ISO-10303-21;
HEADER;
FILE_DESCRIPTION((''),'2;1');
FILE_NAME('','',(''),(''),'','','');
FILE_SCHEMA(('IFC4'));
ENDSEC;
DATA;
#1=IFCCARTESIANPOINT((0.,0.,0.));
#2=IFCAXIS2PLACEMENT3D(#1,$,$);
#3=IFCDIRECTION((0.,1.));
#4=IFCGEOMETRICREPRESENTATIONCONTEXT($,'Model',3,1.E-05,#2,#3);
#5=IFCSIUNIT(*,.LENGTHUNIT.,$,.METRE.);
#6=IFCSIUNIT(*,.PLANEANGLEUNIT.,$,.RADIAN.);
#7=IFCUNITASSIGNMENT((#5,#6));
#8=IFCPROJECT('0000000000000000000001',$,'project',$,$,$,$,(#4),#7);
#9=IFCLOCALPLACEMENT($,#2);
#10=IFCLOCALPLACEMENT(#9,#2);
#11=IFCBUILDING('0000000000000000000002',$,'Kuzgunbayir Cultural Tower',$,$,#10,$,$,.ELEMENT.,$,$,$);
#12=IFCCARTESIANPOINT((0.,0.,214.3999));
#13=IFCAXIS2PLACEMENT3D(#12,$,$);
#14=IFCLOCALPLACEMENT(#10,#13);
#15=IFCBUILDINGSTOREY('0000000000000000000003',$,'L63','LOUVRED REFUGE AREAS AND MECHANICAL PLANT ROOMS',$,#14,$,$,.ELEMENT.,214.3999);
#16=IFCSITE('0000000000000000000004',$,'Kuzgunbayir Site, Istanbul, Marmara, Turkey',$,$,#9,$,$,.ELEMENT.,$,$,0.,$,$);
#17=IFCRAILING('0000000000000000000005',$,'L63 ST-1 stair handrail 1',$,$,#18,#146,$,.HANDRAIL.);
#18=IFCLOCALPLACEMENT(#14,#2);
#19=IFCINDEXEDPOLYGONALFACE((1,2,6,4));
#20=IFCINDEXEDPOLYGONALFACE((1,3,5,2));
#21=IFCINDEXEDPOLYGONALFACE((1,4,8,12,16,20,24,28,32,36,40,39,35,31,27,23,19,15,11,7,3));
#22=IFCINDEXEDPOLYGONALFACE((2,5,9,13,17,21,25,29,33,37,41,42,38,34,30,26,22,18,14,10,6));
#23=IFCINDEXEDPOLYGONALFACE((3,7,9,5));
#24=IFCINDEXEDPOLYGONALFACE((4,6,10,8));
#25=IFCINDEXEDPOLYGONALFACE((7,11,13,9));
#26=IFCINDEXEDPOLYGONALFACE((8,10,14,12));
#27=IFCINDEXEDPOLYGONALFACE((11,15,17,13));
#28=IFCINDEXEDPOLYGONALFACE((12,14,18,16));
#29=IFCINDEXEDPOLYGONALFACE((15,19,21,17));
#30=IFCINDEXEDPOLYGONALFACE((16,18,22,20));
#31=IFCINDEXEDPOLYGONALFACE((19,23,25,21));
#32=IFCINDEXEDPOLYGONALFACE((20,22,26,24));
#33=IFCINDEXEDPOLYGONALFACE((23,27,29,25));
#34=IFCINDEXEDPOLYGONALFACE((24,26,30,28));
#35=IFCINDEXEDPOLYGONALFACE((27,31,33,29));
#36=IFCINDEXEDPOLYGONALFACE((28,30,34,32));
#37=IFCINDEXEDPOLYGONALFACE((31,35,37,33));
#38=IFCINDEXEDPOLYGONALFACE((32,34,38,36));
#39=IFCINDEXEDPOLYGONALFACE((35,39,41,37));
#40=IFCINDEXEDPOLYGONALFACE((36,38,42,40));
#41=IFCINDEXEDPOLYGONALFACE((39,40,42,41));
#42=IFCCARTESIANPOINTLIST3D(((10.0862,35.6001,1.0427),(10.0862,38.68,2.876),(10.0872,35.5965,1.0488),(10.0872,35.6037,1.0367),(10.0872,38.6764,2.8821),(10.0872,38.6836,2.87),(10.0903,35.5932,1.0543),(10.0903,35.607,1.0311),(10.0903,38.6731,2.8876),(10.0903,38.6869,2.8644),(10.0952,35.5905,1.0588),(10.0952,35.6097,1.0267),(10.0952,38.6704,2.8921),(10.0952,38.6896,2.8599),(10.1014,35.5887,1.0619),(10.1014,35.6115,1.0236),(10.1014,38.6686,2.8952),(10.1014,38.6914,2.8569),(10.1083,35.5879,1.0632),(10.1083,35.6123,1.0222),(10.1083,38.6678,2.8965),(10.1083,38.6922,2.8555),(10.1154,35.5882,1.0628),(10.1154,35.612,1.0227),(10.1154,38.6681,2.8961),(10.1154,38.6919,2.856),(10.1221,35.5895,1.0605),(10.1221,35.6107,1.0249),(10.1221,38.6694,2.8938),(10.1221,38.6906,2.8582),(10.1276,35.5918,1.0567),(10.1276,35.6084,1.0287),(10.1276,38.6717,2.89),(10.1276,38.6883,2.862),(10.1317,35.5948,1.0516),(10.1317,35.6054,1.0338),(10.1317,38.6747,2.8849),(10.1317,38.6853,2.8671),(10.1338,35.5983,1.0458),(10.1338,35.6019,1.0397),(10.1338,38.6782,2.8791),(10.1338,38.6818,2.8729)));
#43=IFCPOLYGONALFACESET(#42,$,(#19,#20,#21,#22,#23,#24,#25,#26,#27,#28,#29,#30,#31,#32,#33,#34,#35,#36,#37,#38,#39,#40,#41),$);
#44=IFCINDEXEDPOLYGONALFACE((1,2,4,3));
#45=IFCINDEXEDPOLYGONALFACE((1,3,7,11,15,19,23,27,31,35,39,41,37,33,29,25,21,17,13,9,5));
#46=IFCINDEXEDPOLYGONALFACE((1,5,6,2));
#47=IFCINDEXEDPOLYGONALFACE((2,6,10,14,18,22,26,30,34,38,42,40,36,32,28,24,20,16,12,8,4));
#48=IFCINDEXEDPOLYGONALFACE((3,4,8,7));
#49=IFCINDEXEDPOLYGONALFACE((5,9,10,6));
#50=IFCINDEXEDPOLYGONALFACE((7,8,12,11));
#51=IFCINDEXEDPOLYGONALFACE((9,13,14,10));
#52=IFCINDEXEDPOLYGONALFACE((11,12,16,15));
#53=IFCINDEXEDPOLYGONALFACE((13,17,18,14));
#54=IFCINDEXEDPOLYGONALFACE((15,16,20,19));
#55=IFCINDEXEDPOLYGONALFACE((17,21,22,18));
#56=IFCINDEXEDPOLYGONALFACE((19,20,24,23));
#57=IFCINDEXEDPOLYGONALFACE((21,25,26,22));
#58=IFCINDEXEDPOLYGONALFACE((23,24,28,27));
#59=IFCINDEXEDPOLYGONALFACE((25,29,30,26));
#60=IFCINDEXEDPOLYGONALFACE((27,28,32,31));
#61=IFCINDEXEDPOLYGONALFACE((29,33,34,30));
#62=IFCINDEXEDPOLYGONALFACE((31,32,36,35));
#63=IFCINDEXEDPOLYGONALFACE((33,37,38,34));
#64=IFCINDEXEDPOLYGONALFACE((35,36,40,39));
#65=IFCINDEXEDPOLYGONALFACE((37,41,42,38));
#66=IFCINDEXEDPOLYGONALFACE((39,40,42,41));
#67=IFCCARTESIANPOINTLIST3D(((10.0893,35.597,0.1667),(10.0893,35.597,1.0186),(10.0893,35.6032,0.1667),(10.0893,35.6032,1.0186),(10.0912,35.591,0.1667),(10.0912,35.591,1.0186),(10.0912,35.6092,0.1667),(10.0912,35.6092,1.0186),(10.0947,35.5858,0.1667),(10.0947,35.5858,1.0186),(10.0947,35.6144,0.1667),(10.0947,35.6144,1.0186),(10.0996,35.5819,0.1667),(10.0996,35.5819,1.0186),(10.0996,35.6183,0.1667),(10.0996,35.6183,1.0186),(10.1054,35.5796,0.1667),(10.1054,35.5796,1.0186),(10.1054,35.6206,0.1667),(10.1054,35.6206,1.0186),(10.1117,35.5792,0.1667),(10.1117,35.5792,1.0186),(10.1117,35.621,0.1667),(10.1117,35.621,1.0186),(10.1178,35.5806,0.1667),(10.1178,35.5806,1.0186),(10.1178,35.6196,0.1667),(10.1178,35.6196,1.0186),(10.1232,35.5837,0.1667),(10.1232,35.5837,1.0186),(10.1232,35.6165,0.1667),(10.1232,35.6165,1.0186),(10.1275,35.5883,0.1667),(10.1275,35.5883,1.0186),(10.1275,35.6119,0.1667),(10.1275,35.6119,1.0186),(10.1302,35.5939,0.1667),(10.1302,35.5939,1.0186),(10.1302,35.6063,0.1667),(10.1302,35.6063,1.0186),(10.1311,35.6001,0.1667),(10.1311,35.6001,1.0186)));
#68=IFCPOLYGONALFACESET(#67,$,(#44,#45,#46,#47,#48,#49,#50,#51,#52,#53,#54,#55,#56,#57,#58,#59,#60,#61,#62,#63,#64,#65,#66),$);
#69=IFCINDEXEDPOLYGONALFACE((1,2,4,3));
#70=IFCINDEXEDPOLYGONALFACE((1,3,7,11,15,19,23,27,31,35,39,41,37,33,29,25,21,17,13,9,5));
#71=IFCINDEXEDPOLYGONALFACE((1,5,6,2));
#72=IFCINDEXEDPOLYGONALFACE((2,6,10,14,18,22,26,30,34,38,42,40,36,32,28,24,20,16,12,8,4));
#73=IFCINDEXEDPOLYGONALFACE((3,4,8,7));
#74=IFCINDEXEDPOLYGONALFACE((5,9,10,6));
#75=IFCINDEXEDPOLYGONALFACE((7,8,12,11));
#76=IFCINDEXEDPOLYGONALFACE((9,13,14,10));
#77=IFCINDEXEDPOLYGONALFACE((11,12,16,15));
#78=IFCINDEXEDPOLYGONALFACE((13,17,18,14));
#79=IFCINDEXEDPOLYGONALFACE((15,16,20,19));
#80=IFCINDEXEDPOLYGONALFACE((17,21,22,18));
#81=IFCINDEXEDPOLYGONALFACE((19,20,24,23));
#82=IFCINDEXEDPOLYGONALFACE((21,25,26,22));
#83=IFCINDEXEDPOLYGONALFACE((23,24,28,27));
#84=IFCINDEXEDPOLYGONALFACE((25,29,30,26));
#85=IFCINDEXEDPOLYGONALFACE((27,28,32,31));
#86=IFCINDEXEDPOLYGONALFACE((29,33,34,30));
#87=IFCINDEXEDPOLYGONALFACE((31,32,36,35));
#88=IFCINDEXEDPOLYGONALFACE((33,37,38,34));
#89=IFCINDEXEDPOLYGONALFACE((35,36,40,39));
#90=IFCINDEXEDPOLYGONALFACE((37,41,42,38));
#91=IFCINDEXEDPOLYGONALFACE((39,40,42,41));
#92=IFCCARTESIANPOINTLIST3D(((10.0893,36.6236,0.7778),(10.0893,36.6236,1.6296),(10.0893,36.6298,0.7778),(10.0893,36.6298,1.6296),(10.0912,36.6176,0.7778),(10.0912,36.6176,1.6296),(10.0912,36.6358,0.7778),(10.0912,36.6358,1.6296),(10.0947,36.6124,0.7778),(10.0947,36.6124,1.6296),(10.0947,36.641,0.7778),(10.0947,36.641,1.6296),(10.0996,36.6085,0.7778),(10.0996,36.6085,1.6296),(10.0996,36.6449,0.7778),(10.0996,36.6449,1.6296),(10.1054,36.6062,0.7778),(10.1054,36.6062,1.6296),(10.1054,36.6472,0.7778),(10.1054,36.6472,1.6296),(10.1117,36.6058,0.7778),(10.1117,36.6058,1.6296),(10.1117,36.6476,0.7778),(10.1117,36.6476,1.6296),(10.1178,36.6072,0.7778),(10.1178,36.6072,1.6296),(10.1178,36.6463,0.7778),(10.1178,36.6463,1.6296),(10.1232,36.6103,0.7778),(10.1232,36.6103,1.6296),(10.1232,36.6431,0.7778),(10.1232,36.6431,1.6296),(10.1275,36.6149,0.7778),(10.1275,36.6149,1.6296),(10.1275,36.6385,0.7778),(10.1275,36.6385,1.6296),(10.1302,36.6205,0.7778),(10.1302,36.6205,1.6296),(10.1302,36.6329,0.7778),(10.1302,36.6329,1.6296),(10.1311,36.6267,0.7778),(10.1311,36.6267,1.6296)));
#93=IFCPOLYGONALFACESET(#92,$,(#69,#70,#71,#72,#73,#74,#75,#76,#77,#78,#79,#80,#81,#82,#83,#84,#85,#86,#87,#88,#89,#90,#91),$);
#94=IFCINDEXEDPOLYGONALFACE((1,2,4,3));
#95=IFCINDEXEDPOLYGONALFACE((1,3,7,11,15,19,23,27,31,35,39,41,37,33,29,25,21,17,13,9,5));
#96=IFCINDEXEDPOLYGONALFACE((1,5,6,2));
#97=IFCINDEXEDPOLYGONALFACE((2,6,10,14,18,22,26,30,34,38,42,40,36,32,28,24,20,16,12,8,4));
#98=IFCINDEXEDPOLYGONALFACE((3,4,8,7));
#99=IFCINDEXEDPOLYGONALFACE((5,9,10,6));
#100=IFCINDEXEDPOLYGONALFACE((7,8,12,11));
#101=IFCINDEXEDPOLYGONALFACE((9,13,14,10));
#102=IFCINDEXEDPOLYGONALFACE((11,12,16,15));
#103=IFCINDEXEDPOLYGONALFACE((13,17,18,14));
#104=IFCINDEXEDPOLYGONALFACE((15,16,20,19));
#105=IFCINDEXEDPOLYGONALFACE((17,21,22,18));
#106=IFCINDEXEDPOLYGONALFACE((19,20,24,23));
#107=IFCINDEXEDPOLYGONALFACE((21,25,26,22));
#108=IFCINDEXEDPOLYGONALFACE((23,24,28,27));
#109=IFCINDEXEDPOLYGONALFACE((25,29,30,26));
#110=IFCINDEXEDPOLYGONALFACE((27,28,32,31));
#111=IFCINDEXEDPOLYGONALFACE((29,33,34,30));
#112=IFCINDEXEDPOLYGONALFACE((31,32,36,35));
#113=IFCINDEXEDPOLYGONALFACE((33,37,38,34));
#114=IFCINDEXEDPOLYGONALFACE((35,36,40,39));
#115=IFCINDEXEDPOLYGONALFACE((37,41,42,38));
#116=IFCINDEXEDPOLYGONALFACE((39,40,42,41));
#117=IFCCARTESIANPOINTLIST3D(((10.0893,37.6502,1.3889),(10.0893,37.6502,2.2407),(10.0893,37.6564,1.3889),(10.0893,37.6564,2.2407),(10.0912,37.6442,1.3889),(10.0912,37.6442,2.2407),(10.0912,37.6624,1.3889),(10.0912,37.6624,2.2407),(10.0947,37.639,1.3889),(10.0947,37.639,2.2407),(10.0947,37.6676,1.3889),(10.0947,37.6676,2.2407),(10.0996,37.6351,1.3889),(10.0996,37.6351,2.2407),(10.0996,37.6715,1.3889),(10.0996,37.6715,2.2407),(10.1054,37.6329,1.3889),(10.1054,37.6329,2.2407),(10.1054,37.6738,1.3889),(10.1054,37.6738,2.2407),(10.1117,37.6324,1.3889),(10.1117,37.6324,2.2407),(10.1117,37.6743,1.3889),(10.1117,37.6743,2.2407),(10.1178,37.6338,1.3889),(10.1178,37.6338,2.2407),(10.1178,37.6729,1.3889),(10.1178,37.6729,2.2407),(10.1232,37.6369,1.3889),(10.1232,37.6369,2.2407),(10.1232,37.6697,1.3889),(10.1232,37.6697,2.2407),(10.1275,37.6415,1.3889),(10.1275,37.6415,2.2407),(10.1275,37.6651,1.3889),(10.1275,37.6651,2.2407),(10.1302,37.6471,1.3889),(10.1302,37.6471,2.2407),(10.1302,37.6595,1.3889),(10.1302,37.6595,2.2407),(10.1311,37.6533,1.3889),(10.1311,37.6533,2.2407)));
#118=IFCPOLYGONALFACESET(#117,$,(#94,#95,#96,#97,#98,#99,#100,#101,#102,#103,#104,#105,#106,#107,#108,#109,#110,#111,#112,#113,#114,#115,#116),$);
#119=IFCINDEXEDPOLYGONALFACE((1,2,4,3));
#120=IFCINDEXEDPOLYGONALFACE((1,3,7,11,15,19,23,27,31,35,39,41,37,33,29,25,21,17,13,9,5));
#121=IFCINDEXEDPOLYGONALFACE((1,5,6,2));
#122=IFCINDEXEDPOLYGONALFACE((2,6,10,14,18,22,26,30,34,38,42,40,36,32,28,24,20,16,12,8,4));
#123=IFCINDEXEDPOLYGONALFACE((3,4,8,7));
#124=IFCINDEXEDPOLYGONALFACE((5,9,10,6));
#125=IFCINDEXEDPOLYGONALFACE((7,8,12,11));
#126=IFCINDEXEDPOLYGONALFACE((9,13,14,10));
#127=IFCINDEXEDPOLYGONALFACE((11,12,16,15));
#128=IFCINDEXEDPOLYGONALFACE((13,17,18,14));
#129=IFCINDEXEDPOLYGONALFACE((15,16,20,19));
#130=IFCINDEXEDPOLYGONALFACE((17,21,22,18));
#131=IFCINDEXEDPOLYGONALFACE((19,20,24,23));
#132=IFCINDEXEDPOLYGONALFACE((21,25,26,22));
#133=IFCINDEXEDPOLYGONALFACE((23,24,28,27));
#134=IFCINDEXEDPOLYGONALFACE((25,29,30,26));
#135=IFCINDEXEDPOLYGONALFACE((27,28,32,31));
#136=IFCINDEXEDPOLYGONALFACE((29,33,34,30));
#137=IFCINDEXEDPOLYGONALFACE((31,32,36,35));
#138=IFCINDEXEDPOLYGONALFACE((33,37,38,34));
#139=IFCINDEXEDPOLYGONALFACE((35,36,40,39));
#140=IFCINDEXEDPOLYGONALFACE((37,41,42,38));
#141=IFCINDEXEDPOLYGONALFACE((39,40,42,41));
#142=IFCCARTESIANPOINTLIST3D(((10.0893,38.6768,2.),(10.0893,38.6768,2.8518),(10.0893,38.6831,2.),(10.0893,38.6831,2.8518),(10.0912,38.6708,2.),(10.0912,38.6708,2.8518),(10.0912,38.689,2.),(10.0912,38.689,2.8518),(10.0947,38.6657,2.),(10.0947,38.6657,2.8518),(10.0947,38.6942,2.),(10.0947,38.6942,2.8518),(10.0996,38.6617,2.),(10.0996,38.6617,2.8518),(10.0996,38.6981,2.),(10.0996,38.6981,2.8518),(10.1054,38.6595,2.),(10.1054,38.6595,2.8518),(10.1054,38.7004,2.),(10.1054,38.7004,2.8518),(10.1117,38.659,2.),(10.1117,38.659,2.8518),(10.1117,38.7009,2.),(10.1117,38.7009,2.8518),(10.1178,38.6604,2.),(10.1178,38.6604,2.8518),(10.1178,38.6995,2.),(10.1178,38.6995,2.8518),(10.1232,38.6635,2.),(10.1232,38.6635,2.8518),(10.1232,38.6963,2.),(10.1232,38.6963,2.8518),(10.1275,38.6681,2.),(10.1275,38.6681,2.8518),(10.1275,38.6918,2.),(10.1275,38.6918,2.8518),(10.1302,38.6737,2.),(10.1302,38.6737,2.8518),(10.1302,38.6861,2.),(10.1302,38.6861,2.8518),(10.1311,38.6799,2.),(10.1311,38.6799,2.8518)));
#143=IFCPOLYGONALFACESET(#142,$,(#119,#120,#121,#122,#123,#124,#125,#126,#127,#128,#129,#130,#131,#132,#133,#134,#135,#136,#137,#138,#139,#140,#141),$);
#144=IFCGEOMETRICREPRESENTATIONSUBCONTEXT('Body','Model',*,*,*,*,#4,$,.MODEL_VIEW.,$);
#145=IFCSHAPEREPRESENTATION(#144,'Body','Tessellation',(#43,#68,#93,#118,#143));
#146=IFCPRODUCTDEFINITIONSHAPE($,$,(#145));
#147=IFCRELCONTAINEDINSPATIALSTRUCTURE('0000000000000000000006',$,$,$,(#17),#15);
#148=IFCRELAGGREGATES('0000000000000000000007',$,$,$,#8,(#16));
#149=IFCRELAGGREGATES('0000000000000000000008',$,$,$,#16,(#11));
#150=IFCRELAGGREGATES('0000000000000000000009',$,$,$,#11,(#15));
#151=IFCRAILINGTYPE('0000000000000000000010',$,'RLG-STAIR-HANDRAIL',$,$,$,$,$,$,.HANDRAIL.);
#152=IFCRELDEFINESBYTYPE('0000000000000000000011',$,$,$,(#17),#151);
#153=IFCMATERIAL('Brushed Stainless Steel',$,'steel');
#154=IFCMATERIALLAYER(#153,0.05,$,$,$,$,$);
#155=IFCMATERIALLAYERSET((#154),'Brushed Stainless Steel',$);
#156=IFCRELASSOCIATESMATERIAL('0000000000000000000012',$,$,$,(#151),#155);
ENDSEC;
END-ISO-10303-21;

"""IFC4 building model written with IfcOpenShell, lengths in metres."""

from ifc_helpers import new_model, si_unit, direction, frame, origin, origin_2d, place, context, subcontext, project, spatial, circle, extrude, material, layer, layer_set, type_object, element, save


model = new_model("IFC4")

# Units and contexts
model_context = context("Model", 3, precision=1e-05, world=origin(), true_north=direction((0.0, 1.0)))
body_context = subcontext(model_context, "Body", "Model", "MODEL_VIEW")
ifc_project = project(units=[si_unit("LENGTHUNIT", "METRE"), si_unit("PLANEANGLEUNIT", "RADIAN")], contexts=[model_context])

# Site, building, storey
site_placement = place(None, origin())
site = spatial("IfcSite", under=ifc_project, at=site_placement, Name="Kuzgunbayir Site, Istanbul, Marmara, Turkey", CompositionType="ELEMENT", RefElevation=0.0)
building_placement = place(site_placement, origin())
building = spatial("IfcBuilding", under=site, at=building_placement, Name="Kuzgunbayir Cultural Tower", CompositionType="ELEMENT")
storey_placement = place(building_placement, frame((0.0, 0.0, 214.3999)))
storey = spatial("IfcBuildingStorey", under=building, at=storey_placement, Name="L63", Description="LOUVRED REFUGE AREAS AND MECHANICAL PLANT ROOMS", CompositionType="ELEMENT", Elevation=214.3999)

# Shared definitions
ifc_material_1 = material(Name="Brushed Stainless Steel", Category="steel")

# Railing
ifc_layer_1 = layer(ifc_material_1, 0.05)
ifc_layer_set_1 = layer_set([ifc_layer_1], Name="Brushed Stainless Steel")
railing_type_1 = type_object("IfcRailingType", Name="RLG-STAIR-HANDRAIL", PredefinedType="HANDRAIL", material=ifc_layer_set_1)
railing_1_placement = place(storey_placement, frame((10.1101, 35.6001, 0.1667)))
element("IfcRailing", 1, at=railing_1_placement, inside=storey, type_object=railing_type_1, Name="L63 ST-1 stair handrail 1", PredefinedType="HANDRAIL", context=body_context, shape_type="SweptSolid", body=[
    extrude(circle(Radius=0.0239, at=origin_2d()), frame((0.0, 0.0, 0.876), z_axis=(0.0, 0.859291, 0.511487), x_axis=(-1.0, 0.0, 0.0)), (0.0, 0.0, 1.0), 3.5842),
    extrude(circle(Radius=0.021, at=origin_2d()), origin(), (0.0, 0.0, 1.0), 0.8518),
    extrude(circle(Radius=0.021, at=origin_2d()), frame((0.0, 1.0266, 0.6111)), (0.0, 0.0, 1.0), 0.8518),
    extrude(circle(Radius=0.021, at=origin_2d()), frame((0.0, 2.0532, 1.2222)), (0.0, 0.0, 1.0), 0.8518),
    extrude(circle(Radius=0.021, at=origin_2d()), frame((0.0, 3.0798, 1.8333)), (0.0, 0.0, 1.0), 0.8518),
])

save(model, "model.ifc")
